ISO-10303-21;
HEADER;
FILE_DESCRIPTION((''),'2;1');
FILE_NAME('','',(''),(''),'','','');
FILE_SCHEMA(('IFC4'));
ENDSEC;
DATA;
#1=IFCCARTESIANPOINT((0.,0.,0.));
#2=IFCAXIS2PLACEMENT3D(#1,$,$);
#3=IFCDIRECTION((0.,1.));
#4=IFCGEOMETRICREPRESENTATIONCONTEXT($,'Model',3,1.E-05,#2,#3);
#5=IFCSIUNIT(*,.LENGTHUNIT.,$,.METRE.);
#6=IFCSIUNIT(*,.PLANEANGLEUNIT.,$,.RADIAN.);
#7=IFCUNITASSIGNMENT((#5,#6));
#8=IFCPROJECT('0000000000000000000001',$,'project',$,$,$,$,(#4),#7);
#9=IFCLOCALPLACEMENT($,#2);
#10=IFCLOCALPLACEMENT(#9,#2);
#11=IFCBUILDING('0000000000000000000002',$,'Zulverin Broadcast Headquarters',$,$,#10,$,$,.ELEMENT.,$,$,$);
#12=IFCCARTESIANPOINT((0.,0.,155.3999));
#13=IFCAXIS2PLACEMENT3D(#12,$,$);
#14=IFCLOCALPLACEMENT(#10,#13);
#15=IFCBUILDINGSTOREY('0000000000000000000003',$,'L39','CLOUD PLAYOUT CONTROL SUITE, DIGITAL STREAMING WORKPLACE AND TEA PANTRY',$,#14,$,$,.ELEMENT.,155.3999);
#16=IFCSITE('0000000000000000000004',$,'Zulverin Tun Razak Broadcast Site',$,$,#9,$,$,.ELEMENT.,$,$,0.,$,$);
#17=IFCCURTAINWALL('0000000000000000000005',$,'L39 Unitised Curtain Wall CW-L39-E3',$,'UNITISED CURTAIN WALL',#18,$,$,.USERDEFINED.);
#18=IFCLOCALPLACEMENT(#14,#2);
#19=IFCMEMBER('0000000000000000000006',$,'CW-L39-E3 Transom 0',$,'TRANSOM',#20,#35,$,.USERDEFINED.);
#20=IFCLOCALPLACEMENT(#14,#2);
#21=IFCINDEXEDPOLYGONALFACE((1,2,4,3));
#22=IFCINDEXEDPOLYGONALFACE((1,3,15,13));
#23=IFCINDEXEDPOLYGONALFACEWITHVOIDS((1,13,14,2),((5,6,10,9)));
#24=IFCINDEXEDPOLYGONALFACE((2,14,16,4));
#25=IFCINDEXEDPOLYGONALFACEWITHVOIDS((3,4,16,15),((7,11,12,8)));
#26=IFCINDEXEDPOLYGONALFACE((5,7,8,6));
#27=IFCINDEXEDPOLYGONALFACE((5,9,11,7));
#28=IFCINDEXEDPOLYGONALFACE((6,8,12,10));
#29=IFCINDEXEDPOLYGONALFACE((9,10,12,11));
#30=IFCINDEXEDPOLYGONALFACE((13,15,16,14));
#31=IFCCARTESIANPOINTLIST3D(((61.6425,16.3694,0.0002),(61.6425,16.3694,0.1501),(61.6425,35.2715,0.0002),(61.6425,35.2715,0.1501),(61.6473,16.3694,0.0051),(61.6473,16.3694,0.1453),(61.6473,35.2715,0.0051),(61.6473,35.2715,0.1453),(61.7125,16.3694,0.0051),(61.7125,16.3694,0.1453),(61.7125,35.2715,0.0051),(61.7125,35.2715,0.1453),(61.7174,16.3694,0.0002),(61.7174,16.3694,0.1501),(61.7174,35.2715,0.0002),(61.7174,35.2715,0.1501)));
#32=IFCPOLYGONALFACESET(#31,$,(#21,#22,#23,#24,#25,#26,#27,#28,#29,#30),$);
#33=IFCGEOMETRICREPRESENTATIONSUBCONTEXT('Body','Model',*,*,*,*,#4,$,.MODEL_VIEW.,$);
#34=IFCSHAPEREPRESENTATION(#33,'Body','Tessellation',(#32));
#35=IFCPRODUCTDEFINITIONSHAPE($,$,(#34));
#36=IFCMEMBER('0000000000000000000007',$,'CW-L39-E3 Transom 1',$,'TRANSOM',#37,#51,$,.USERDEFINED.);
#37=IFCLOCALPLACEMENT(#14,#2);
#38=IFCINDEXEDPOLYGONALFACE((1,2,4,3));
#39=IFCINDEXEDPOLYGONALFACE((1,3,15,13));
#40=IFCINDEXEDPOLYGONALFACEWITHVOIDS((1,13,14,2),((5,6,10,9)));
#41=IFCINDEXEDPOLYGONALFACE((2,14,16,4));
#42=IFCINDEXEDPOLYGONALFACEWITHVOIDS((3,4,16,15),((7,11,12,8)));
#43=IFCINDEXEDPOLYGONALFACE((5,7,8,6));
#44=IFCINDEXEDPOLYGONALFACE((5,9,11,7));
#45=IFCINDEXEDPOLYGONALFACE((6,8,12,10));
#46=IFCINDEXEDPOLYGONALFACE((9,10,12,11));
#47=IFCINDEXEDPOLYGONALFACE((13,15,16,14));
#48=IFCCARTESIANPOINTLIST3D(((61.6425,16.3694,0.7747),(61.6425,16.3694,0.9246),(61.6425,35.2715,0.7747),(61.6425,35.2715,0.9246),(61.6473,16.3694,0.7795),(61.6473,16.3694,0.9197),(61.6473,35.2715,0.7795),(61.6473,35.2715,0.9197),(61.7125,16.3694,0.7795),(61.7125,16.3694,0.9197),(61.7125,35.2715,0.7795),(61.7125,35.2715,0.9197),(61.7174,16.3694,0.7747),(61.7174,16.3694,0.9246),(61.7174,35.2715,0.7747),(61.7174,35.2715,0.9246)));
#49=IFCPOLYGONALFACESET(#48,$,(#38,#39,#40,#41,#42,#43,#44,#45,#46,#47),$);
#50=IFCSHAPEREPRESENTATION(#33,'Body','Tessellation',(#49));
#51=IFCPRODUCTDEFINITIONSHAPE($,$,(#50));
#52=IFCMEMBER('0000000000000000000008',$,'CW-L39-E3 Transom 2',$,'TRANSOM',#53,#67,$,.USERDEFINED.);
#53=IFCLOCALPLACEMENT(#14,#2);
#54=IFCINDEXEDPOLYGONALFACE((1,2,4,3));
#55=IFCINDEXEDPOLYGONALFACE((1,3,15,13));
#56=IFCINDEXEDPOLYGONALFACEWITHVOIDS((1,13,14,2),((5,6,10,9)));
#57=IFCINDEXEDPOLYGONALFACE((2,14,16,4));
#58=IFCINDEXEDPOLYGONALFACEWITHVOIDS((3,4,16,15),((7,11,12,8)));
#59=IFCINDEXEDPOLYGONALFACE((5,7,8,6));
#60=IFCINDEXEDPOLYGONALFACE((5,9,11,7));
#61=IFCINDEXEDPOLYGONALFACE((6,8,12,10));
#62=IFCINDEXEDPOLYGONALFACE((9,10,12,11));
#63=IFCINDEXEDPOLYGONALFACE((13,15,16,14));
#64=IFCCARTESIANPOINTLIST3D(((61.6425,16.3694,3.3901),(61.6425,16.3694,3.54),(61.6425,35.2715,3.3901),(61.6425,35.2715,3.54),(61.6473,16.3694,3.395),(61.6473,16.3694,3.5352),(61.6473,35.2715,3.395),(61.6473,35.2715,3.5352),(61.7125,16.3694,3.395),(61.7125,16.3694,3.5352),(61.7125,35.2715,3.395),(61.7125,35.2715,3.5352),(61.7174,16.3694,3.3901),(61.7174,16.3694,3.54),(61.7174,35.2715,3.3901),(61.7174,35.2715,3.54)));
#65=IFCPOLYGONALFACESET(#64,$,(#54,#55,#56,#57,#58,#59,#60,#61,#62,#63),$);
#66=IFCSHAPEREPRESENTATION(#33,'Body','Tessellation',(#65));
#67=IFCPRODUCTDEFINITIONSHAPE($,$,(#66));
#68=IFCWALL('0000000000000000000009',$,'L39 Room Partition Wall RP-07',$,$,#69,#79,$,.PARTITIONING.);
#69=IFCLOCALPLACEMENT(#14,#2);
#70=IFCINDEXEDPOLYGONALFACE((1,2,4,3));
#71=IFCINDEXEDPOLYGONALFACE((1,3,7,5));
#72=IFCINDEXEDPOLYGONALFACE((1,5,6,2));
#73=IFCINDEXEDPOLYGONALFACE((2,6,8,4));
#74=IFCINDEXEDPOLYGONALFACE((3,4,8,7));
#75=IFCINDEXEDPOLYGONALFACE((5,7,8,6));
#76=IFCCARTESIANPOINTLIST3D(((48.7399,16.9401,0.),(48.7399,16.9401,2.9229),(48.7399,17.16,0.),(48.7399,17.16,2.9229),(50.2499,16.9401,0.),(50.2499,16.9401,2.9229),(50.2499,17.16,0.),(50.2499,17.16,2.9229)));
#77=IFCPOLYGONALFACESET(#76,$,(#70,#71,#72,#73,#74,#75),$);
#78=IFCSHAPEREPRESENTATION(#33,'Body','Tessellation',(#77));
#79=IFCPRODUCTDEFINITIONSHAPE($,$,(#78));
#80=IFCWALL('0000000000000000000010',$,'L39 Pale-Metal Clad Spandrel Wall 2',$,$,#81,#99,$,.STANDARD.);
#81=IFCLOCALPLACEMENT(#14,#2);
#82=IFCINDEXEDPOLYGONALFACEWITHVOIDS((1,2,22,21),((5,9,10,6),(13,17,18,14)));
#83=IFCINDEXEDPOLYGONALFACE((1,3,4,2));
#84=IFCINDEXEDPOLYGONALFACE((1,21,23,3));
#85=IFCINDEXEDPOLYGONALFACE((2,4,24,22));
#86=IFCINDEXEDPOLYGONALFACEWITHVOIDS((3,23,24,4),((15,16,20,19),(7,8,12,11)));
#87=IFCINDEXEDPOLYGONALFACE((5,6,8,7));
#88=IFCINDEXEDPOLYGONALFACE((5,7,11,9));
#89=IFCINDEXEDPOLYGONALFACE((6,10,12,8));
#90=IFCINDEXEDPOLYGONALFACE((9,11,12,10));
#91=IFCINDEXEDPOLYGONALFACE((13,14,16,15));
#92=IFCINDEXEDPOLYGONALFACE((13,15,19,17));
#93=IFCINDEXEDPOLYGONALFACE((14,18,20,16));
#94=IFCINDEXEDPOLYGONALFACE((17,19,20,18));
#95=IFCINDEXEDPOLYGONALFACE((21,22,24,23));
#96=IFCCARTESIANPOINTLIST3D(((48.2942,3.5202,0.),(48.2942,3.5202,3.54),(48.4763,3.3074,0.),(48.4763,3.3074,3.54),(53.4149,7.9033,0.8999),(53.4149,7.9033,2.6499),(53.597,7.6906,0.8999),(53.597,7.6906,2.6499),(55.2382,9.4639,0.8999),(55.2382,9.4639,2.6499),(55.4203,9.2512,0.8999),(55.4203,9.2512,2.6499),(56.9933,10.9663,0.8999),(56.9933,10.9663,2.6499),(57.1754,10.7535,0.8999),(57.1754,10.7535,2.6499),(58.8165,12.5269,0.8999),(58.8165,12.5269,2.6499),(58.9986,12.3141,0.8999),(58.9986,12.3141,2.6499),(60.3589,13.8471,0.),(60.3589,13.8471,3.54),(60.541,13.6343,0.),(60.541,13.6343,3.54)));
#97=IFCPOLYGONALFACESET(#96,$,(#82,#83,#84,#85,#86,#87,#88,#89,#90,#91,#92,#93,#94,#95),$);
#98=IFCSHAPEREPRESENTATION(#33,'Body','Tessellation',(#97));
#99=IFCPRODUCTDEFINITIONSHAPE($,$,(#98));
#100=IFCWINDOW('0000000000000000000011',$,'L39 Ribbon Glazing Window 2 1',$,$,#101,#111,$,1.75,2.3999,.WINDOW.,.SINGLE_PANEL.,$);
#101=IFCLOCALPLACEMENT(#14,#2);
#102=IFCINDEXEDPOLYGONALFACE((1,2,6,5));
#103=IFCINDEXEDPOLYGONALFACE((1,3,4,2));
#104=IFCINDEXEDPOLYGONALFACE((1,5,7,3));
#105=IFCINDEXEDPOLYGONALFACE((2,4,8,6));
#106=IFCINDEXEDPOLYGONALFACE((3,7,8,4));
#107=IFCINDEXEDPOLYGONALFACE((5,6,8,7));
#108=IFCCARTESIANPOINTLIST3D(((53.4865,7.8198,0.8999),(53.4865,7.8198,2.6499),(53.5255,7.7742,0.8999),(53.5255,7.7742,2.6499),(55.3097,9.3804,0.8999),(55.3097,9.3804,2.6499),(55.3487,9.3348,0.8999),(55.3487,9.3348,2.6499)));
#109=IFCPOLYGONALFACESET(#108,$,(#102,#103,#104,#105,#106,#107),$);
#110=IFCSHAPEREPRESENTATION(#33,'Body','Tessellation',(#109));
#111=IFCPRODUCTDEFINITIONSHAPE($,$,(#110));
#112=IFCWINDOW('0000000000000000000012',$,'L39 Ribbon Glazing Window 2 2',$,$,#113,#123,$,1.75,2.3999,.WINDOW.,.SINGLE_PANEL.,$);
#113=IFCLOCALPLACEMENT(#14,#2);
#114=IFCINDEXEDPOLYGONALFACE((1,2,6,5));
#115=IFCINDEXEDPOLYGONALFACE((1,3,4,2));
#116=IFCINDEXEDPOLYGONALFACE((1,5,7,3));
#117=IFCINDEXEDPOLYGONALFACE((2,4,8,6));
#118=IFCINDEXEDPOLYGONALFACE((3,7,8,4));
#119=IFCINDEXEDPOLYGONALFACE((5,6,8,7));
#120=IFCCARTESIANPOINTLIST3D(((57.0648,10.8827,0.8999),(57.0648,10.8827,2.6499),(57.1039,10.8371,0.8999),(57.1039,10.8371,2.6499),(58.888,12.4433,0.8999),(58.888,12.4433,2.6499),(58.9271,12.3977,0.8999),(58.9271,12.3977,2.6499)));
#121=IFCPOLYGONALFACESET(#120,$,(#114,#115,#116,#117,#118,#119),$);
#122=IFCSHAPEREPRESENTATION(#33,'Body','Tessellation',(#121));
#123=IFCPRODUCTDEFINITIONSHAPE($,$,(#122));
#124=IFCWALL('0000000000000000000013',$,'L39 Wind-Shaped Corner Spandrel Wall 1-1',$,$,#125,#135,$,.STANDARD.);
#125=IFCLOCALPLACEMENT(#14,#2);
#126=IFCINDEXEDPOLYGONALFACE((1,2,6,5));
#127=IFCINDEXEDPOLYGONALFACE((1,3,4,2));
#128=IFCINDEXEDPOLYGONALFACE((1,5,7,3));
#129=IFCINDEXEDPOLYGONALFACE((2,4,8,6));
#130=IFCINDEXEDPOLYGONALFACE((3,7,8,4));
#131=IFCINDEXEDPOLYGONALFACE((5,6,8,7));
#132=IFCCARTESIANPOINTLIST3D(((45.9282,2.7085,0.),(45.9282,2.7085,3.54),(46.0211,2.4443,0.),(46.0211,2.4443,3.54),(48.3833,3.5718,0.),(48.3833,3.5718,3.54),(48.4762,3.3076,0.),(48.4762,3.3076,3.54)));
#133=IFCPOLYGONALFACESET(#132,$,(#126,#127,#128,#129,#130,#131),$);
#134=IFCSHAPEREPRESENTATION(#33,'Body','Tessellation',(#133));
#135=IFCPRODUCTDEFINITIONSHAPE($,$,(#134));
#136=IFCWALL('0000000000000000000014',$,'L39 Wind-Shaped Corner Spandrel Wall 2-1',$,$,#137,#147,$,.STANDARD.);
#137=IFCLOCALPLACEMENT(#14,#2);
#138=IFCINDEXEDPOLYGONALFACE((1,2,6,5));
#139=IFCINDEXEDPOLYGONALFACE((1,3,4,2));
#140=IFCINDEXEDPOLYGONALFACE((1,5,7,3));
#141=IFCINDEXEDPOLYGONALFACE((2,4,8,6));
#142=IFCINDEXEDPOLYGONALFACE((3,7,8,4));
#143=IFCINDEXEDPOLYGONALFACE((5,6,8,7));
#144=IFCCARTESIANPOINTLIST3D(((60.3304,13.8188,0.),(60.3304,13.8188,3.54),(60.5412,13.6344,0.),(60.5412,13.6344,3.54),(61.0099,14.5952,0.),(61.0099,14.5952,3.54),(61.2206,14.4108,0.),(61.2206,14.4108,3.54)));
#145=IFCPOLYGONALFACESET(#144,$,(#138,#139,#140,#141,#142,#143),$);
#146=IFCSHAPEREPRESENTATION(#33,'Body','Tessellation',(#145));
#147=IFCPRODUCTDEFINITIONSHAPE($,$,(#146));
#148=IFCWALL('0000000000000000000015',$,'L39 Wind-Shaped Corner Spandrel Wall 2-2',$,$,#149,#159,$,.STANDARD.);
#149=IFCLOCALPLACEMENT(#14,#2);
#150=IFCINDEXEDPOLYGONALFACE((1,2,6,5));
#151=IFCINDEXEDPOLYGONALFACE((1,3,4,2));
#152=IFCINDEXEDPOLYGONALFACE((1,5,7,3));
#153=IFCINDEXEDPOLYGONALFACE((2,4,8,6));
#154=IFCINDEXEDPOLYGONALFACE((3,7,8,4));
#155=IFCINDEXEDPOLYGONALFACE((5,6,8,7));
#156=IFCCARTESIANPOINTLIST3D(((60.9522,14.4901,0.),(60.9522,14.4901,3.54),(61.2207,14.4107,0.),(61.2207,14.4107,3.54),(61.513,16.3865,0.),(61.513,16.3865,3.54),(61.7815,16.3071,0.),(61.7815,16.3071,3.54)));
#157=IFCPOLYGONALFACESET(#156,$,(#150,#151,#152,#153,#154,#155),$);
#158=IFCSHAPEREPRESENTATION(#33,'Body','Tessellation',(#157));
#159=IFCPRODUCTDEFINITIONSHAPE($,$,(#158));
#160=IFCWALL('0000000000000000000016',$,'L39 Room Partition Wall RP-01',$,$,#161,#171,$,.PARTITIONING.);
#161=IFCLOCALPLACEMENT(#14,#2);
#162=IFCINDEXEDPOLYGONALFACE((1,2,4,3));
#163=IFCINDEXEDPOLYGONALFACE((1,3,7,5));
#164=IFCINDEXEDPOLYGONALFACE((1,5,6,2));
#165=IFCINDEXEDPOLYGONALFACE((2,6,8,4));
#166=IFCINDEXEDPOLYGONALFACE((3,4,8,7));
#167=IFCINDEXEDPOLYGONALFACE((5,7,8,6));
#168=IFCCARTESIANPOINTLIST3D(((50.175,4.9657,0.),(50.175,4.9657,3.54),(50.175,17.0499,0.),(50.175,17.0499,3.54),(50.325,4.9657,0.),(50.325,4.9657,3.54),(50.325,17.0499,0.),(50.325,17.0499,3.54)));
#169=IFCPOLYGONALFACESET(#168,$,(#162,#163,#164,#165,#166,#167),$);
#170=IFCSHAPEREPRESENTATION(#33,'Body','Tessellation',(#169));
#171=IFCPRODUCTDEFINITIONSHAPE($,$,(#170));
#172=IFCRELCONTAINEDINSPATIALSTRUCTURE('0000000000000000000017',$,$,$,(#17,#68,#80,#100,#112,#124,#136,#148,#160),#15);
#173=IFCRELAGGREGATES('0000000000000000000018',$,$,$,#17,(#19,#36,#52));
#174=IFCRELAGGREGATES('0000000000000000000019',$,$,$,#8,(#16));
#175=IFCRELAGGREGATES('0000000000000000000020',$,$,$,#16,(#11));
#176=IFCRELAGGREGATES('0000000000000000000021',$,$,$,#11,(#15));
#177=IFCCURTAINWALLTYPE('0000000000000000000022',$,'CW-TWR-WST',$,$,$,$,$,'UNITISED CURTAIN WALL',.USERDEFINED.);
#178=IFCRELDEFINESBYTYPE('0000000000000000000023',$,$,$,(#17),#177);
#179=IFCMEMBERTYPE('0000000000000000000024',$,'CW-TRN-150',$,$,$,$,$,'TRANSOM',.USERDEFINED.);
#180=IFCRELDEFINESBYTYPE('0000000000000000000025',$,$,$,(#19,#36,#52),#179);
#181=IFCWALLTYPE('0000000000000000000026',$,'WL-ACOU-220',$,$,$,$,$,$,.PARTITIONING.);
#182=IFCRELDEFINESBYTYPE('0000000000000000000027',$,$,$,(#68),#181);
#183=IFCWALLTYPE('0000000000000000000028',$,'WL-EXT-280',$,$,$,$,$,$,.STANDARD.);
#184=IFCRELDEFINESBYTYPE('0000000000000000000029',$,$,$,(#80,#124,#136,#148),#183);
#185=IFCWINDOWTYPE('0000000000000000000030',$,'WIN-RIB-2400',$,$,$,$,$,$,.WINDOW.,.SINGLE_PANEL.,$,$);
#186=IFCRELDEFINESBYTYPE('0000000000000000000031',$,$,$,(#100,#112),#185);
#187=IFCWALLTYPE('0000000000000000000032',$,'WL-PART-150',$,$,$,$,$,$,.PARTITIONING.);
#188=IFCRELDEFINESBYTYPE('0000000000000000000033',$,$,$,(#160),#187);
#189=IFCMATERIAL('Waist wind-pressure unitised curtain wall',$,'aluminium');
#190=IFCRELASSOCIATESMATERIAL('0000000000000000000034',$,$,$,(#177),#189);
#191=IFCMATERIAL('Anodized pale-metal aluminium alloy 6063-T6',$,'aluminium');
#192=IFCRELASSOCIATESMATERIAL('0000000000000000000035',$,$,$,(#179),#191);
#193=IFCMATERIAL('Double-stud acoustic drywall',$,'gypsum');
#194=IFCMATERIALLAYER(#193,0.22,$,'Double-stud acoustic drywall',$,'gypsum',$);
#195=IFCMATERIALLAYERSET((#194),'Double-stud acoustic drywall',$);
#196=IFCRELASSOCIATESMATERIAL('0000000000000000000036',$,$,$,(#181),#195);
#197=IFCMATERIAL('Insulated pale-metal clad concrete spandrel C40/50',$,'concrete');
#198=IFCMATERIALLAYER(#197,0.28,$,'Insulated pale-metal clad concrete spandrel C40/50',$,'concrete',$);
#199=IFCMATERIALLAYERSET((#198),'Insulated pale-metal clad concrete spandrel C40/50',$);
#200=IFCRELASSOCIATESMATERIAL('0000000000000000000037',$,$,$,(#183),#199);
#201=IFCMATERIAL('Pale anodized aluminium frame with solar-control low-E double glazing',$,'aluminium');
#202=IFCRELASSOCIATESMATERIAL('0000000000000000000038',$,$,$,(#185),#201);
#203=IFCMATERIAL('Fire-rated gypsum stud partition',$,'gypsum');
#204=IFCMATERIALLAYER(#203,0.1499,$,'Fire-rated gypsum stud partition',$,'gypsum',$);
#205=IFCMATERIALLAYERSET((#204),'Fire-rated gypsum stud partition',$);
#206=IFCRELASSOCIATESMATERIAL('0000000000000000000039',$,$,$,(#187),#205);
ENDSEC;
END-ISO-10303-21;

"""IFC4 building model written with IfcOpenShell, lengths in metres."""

from ifc_helpers import new_model, si_unit, direction, frame, frame_2d, origin, origin_2d, place, context, subcontext, project, spatial, rectangle, hollow_rectangle, extrude, material, layer, layer_set, material_profile, profile_set, type_object, element, fill, aggregate, save


model = new_model("IFC4")

# Units and contexts
model_context = context("Model", 3, precision=1e-05, world=origin(), true_north=direction((0.0, 1.0)))
body_context = subcontext(model_context, "Body", "Model", "MODEL_VIEW")
ifc_project = project(units=[si_unit("LENGTHUNIT", "METRE"), si_unit("PLANEANGLEUNIT", "RADIAN")], contexts=[model_context])

# Site, building, storey
site_placement = place(None, origin())
site = spatial("IfcSite", under=ifc_project, at=site_placement, Name="Zulverin Tun Razak Broadcast Site", CompositionType="ELEMENT", RefElevation=0.0)
building_placement = place(site_placement, origin())
building = spatial("IfcBuilding", under=site, at=building_placement, Name="Zulverin Broadcast Headquarters", CompositionType="ELEMENT")
storey_placement = place(building_placement, frame((0.0, 0.0, 155.3999)))
storey = spatial("IfcBuildingStorey", under=building, at=storey_placement, Name="L39", Description="CLOUD PLAYOUT CONTROL SUITE, DIGITAL STREAMING WORKPLACE AND TEA PANTRY", CompositionType="ELEMENT", Elevation=155.3999)

# Curtain wall, members
ifc_material_1 = material(Name="Waist wind-pressure unitised curtain wall", Category="aluminium")
curtain_wall_type = type_object("IfcCurtainWallType", Name="CW-TWR-WST", ElementType="UNITISED CURTAIN WALL", PredefinedType="USERDEFINED", material=ifc_material_1)
curtain_wall_placement = place(storey_placement, origin())
curtain_wall = element("IfcCurtainWall", 1, at=curtain_wall_placement, inside=storey, type_object=curtain_wall_type, Name="L39 Unitised Curtain Wall CW-L39-E3", ObjectType="UNITISED CURTAIN WALL", PredefinedType="USERDEFINED")
ifc_material_2 = material(Name="Anodized pale-metal aluminium alloy 6063-T6", Category="aluminium")
ifc_material_profile_1 = material_profile(ifc_material_2, hollow_rectangle(XDim=0.075, YDim=0.1499, WallThickness=0.0049, at=origin_2d()), Name="Anodized pale-metal aluminium alloy 6063-T6", Category="aluminium")
ifc_profile_set_1 = profile_set([ifc_material_profile_1], Name="Anodized pale-metal aluminium alloy 6063-T6")
member_type_1 = type_object("IfcMemberType", Name="CW-TRN-150", ElementType="TRANSOM", PredefinedType="USERDEFINED", material=ifc_profile_set_1)
member_1_placement = place(storey_placement, frame((61.6799, 16.3694, 0.0752), z_axis=(0.0, 1.0, 0.0), x_axis=(-1.0, 0.0, 0.0)))
member_1 = element("IfcMember", 2, at=member_1_placement, type_object=member_type_1, Name="CW-L39-E3 Transom 0", ObjectType="TRANSOM", PredefinedType="USERDEFINED", context=body_context, shape_type="SweptSolid", body=[
    extrude(hollow_rectangle(XDim=0.075, YDim=0.1499, WallThickness=0.0049, at=origin_2d()), origin(), (0.0, 0.0, 1.0), 18.9021),
])
member_2_placement = place(storey_placement, frame((61.6799, 16.3694, 0.8496), z_axis=(0.0, 1.0, 0.0), x_axis=(-1.0, 0.0, 0.0)))
member_2 = element("IfcMember", 3, at=member_2_placement, type_object=member_type_1, Name="CW-L39-E3 Transom 1", ObjectType="TRANSOM", PredefinedType="USERDEFINED", context=body_context, shape_type="SweptSolid", body=[
    extrude(hollow_rectangle(XDim=0.075, YDim=0.1499, WallThickness=0.0049, at=origin_2d()), origin(), (0.0, 0.0, 1.0), 18.9021),
])
member_3_placement = place(storey_placement, frame((61.6799, 16.3694, 3.4651), z_axis=(0.0, 1.0, 0.0), x_axis=(-1.0, 0.0, 0.0)))
member_3 = element("IfcMember", 4, at=member_3_placement, type_object=member_type_1, Name="CW-L39-E3 Transom 2", ObjectType="TRANSOM", PredefinedType="USERDEFINED", context=body_context, shape_type="SweptSolid", body=[
    extrude(hollow_rectangle(XDim=0.075, YDim=0.1499, WallThickness=0.0049, at=origin_2d()), origin(), (0.0, 0.0, 1.0), 18.9021),
])
aggregate(curtain_wall, [member_1, member_2, member_3])

# Wall
ifc_material_3 = material(Name="Double-stud acoustic drywall", Category="gypsum")
ifc_layer_1 = layer(ifc_material_3, 0.22, Name="Double-stud acoustic drywall", Category="gypsum")
ifc_layer_set_1 = layer_set([ifc_layer_1], Name="Double-stud acoustic drywall")
wall_type_1 = type_object("IfcWallType", Name="WL-ACOU-220", PredefinedType="PARTITIONING", material=ifc_layer_set_1)
wall_1_placement = place(storey_placement, frame((48.74, 17.05, 0.0), z_axis=(0.0, 0.0, 1.0), x_axis=(1.0, 0.0, 0.0)))
element("IfcWall", 5, at=wall_1_placement, inside=storey, type_object=wall_type_1, Name="L39 Room Partition Wall RP-07", PredefinedType="PARTITIONING", context=body_context, shape_type="SweptSolid", body=[
    extrude(rectangle(XDim=1.51, YDim=0.22, at=frame_2d((0.7549, 0.0))), origin(), (0.0, 0.0, 1.0), 2.9229),
])

# Wall, openings, windows
ifc_material_4 = material(Name="Insulated pale-metal clad concrete spandrel C40/50", Category="concrete")
ifc_layer_2 = layer(ifc_material_4, 0.28, Name="Insulated pale-metal clad concrete spandrel C40/50", Category="concrete")
ifc_layer_set_2 = layer_set([ifc_layer_2], Name="Insulated pale-metal clad concrete spandrel C40/50")
wall_type_2 = type_object("IfcWallType", Name="WL-EXT-280", PredefinedType="STANDARD", material=ifc_layer_set_2)
wall_2_placement = place(storey_placement, frame((48.3853, 3.4138, 0.0), z_axis=(0.0, 0.0, 1.0), x_axis=(0.7597, 0.650273, 0.0)))
wall_2 = element("IfcWall", 6, at=wall_2_placement, inside=storey, type_object=wall_type_2, Name="L39 Pale-Metal Clad Spandrel Wall 2", PredefinedType="STANDARD", context=body_context, shape_type="SweptSolid", body=[
    extrude(rectangle(XDim=15.8809, YDim=0.28, at=frame_2d((7.9404, 0.0))), origin(), (0.0, 0.0, 1.0), 3.54),
])
opening_1_placement = place(wall_2_placement, frame((6.7405, 0.0, 0.8999)))
opening_1 = element("IfcOpeningElement", 7, at=opening_1_placement, cuts=wall_2, PredefinedType="OPENING", context=body_context, shape_type="SweptSolid", body=[
    extrude(rectangle(XDim=2.3999, YDim=1.75, at=frame_2d((1.2, 0.875))), frame((0.0, 0.1499, 0.0), z_axis=(0.0, -1.0, 0.0), x_axis=(1.0, 0.0, 0.0)), (0.0, 0.0, 1.0), 0.3),
])
opening_2_placement = place(wall_2_placement, frame((11.4507, 0.0, 0.8999)))
opening_2 = element("IfcOpeningElement", 8, at=opening_2_placement, cuts=wall_2, PredefinedType="OPENING", context=body_context, shape_type="SweptSolid", body=[
    extrude(rectangle(XDim=2.3999, YDim=1.75, at=frame_2d((1.2, 0.875))), frame((0.0, 0.1499, 0.0), z_axis=(0.0, -1.0, 0.0), x_axis=(1.0, 0.0, 0.0)), (0.0, 0.0, 1.0), 0.3),
])
ifc_material_5 = material(Name="Pale anodized aluminium frame with solar-control low-E double glazing", Category="aluminium")
window_type = type_object("IfcWindowType", Name="WIN-RIB-2400", PartitioningType="SINGLE_PANEL", PredefinedType="WINDOW", material=ifc_material_5)
window_1_placement = place(opening_1_placement, origin())
window_1 = element("IfcWindow", 9, at=window_1_placement, inside=storey, type_object=window_type, Name="L39 Ribbon Glazing Window 2 1", OverallHeight=1.75, OverallWidth=2.3999, PartitioningType="SINGLE_PANEL", PredefinedType="WINDOW", context=body_context, shape_type="SweptSolid", body=[
    extrude(rectangle(XDim=2.3999, YDim=1.75, at=frame_2d((1.2, 0.875))), frame((0.0, 0.03, 0.0), z_axis=(0.0, -1.0, 0.0), x_axis=(1.0, 0.0, 0.0)), (0.0, 0.0, 1.0), 0.0601),
])
fill(opening_1, window_1)
window_2_placement = place(opening_2_placement, origin())
window_2 = element("IfcWindow", 10, at=window_2_placement, inside=storey, type_object=window_type, Name="L39 Ribbon Glazing Window 2 2", OverallHeight=1.75, OverallWidth=2.3999, PartitioningType="SINGLE_PANEL", PredefinedType="WINDOW", context=body_context, shape_type="SweptSolid", body=[
    extrude(rectangle(XDim=2.3999, YDim=1.75, at=frame_2d((1.2, 0.875))), frame((0.0, 0.03, 0.0), z_axis=(0.0, -1.0, 0.0), x_axis=(1.0, 0.0, 0.0)), (0.0, 0.0, 1.0), 0.0601),
])
fill(opening_2, window_2)

# Walls
wall_3_placement = place(storey_placement, frame((45.9746, 2.5764, 0.0), z_axis=(0.0, 0.0, 1.0), x_axis=(0.943378, 0.331721, 0.0)))
element("IfcWall", 11, at=wall_3_placement, inside=storey, type_object=wall_type_2, Name="L39 Wind-Shaped Corner Spandrel Wall 1-1", PredefinedType="STANDARD", context=body_context, shape_type="SweptSolid", body=[
    extrude(rectangle(XDim=2.6025, YDim=0.28, at=frame_2d((1.3013, 0.0))), origin(), (0.0, 0.0, 1.0), 3.54),
])
wall_4_placement = place(storey_placement, frame((60.4358, 13.7266, 0.0), z_axis=(0.0, 0.0, 1.0), x_axis=(0.658572, 0.752518, 0.0)))
element("IfcWall", 12, at=wall_4_placement, inside=storey, type_object=wall_type_2, Name="L39 Wind-Shaped Corner Spandrel Wall 2-1", PredefinedType="STANDARD", context=body_context, shape_type="SweptSolid", body=[
    extrude(rectangle(XDim=1.0317, YDim=0.28, at=frame_2d((0.5159, 0.0))), origin(), (0.0, 0.0, 1.0), 3.54),
])
wall_5_placement = place(storey_placement, frame((61.0864, 14.4504, 0.0), z_axis=(0.0, 0.0, 1.0), x_axis=(0.283596, 0.958944, 0.0)))
element("IfcWall", 13, at=wall_5_placement, inside=storey, type_object=wall_type_2, Name="L39 Wind-Shaped Corner Spandrel Wall 2-2", PredefinedType="STANDARD", context=body_context, shape_type="SweptSolid", body=[
    extrude(rectangle(XDim=1.9775, YDim=0.28, at=frame_2d((0.9888, 0.0))), origin(), (0.0, 0.0, 1.0), 3.54),
])
ifc_material_6 = material(Name="Fire-rated gypsum stud partition", Category="gypsum")
ifc_layer_3 = layer(ifc_material_6, 0.1499, Name="Fire-rated gypsum stud partition", Category="gypsum")
ifc_layer_set_3 = layer_set([ifc_layer_3], Name="Fire-rated gypsum stud partition")
wall_type_3 = type_object("IfcWallType", Name="WL-PART-150", PredefinedType="PARTITIONING", material=ifc_layer_set_3)
wall_6_placement = place(storey_placement, frame((50.25, 4.9658, 0.0), z_axis=(0.0, 0.0, 1.0), x_axis=(0.0, 1.0, 0.0)))
element("IfcWall", 14, at=wall_6_placement, inside=storey, type_object=wall_type_3, Name="L39 Room Partition Wall RP-01", PredefinedType="PARTITIONING", context=body_context, shape_type="SweptSolid", body=[
    extrude(rectangle(XDim=12.0842, YDim=0.1499, at=frame_2d((6.042, 0.0))), origin(), (0.0, 0.0, 1.0), 3.54),
])

save(model, "model.ifc")
